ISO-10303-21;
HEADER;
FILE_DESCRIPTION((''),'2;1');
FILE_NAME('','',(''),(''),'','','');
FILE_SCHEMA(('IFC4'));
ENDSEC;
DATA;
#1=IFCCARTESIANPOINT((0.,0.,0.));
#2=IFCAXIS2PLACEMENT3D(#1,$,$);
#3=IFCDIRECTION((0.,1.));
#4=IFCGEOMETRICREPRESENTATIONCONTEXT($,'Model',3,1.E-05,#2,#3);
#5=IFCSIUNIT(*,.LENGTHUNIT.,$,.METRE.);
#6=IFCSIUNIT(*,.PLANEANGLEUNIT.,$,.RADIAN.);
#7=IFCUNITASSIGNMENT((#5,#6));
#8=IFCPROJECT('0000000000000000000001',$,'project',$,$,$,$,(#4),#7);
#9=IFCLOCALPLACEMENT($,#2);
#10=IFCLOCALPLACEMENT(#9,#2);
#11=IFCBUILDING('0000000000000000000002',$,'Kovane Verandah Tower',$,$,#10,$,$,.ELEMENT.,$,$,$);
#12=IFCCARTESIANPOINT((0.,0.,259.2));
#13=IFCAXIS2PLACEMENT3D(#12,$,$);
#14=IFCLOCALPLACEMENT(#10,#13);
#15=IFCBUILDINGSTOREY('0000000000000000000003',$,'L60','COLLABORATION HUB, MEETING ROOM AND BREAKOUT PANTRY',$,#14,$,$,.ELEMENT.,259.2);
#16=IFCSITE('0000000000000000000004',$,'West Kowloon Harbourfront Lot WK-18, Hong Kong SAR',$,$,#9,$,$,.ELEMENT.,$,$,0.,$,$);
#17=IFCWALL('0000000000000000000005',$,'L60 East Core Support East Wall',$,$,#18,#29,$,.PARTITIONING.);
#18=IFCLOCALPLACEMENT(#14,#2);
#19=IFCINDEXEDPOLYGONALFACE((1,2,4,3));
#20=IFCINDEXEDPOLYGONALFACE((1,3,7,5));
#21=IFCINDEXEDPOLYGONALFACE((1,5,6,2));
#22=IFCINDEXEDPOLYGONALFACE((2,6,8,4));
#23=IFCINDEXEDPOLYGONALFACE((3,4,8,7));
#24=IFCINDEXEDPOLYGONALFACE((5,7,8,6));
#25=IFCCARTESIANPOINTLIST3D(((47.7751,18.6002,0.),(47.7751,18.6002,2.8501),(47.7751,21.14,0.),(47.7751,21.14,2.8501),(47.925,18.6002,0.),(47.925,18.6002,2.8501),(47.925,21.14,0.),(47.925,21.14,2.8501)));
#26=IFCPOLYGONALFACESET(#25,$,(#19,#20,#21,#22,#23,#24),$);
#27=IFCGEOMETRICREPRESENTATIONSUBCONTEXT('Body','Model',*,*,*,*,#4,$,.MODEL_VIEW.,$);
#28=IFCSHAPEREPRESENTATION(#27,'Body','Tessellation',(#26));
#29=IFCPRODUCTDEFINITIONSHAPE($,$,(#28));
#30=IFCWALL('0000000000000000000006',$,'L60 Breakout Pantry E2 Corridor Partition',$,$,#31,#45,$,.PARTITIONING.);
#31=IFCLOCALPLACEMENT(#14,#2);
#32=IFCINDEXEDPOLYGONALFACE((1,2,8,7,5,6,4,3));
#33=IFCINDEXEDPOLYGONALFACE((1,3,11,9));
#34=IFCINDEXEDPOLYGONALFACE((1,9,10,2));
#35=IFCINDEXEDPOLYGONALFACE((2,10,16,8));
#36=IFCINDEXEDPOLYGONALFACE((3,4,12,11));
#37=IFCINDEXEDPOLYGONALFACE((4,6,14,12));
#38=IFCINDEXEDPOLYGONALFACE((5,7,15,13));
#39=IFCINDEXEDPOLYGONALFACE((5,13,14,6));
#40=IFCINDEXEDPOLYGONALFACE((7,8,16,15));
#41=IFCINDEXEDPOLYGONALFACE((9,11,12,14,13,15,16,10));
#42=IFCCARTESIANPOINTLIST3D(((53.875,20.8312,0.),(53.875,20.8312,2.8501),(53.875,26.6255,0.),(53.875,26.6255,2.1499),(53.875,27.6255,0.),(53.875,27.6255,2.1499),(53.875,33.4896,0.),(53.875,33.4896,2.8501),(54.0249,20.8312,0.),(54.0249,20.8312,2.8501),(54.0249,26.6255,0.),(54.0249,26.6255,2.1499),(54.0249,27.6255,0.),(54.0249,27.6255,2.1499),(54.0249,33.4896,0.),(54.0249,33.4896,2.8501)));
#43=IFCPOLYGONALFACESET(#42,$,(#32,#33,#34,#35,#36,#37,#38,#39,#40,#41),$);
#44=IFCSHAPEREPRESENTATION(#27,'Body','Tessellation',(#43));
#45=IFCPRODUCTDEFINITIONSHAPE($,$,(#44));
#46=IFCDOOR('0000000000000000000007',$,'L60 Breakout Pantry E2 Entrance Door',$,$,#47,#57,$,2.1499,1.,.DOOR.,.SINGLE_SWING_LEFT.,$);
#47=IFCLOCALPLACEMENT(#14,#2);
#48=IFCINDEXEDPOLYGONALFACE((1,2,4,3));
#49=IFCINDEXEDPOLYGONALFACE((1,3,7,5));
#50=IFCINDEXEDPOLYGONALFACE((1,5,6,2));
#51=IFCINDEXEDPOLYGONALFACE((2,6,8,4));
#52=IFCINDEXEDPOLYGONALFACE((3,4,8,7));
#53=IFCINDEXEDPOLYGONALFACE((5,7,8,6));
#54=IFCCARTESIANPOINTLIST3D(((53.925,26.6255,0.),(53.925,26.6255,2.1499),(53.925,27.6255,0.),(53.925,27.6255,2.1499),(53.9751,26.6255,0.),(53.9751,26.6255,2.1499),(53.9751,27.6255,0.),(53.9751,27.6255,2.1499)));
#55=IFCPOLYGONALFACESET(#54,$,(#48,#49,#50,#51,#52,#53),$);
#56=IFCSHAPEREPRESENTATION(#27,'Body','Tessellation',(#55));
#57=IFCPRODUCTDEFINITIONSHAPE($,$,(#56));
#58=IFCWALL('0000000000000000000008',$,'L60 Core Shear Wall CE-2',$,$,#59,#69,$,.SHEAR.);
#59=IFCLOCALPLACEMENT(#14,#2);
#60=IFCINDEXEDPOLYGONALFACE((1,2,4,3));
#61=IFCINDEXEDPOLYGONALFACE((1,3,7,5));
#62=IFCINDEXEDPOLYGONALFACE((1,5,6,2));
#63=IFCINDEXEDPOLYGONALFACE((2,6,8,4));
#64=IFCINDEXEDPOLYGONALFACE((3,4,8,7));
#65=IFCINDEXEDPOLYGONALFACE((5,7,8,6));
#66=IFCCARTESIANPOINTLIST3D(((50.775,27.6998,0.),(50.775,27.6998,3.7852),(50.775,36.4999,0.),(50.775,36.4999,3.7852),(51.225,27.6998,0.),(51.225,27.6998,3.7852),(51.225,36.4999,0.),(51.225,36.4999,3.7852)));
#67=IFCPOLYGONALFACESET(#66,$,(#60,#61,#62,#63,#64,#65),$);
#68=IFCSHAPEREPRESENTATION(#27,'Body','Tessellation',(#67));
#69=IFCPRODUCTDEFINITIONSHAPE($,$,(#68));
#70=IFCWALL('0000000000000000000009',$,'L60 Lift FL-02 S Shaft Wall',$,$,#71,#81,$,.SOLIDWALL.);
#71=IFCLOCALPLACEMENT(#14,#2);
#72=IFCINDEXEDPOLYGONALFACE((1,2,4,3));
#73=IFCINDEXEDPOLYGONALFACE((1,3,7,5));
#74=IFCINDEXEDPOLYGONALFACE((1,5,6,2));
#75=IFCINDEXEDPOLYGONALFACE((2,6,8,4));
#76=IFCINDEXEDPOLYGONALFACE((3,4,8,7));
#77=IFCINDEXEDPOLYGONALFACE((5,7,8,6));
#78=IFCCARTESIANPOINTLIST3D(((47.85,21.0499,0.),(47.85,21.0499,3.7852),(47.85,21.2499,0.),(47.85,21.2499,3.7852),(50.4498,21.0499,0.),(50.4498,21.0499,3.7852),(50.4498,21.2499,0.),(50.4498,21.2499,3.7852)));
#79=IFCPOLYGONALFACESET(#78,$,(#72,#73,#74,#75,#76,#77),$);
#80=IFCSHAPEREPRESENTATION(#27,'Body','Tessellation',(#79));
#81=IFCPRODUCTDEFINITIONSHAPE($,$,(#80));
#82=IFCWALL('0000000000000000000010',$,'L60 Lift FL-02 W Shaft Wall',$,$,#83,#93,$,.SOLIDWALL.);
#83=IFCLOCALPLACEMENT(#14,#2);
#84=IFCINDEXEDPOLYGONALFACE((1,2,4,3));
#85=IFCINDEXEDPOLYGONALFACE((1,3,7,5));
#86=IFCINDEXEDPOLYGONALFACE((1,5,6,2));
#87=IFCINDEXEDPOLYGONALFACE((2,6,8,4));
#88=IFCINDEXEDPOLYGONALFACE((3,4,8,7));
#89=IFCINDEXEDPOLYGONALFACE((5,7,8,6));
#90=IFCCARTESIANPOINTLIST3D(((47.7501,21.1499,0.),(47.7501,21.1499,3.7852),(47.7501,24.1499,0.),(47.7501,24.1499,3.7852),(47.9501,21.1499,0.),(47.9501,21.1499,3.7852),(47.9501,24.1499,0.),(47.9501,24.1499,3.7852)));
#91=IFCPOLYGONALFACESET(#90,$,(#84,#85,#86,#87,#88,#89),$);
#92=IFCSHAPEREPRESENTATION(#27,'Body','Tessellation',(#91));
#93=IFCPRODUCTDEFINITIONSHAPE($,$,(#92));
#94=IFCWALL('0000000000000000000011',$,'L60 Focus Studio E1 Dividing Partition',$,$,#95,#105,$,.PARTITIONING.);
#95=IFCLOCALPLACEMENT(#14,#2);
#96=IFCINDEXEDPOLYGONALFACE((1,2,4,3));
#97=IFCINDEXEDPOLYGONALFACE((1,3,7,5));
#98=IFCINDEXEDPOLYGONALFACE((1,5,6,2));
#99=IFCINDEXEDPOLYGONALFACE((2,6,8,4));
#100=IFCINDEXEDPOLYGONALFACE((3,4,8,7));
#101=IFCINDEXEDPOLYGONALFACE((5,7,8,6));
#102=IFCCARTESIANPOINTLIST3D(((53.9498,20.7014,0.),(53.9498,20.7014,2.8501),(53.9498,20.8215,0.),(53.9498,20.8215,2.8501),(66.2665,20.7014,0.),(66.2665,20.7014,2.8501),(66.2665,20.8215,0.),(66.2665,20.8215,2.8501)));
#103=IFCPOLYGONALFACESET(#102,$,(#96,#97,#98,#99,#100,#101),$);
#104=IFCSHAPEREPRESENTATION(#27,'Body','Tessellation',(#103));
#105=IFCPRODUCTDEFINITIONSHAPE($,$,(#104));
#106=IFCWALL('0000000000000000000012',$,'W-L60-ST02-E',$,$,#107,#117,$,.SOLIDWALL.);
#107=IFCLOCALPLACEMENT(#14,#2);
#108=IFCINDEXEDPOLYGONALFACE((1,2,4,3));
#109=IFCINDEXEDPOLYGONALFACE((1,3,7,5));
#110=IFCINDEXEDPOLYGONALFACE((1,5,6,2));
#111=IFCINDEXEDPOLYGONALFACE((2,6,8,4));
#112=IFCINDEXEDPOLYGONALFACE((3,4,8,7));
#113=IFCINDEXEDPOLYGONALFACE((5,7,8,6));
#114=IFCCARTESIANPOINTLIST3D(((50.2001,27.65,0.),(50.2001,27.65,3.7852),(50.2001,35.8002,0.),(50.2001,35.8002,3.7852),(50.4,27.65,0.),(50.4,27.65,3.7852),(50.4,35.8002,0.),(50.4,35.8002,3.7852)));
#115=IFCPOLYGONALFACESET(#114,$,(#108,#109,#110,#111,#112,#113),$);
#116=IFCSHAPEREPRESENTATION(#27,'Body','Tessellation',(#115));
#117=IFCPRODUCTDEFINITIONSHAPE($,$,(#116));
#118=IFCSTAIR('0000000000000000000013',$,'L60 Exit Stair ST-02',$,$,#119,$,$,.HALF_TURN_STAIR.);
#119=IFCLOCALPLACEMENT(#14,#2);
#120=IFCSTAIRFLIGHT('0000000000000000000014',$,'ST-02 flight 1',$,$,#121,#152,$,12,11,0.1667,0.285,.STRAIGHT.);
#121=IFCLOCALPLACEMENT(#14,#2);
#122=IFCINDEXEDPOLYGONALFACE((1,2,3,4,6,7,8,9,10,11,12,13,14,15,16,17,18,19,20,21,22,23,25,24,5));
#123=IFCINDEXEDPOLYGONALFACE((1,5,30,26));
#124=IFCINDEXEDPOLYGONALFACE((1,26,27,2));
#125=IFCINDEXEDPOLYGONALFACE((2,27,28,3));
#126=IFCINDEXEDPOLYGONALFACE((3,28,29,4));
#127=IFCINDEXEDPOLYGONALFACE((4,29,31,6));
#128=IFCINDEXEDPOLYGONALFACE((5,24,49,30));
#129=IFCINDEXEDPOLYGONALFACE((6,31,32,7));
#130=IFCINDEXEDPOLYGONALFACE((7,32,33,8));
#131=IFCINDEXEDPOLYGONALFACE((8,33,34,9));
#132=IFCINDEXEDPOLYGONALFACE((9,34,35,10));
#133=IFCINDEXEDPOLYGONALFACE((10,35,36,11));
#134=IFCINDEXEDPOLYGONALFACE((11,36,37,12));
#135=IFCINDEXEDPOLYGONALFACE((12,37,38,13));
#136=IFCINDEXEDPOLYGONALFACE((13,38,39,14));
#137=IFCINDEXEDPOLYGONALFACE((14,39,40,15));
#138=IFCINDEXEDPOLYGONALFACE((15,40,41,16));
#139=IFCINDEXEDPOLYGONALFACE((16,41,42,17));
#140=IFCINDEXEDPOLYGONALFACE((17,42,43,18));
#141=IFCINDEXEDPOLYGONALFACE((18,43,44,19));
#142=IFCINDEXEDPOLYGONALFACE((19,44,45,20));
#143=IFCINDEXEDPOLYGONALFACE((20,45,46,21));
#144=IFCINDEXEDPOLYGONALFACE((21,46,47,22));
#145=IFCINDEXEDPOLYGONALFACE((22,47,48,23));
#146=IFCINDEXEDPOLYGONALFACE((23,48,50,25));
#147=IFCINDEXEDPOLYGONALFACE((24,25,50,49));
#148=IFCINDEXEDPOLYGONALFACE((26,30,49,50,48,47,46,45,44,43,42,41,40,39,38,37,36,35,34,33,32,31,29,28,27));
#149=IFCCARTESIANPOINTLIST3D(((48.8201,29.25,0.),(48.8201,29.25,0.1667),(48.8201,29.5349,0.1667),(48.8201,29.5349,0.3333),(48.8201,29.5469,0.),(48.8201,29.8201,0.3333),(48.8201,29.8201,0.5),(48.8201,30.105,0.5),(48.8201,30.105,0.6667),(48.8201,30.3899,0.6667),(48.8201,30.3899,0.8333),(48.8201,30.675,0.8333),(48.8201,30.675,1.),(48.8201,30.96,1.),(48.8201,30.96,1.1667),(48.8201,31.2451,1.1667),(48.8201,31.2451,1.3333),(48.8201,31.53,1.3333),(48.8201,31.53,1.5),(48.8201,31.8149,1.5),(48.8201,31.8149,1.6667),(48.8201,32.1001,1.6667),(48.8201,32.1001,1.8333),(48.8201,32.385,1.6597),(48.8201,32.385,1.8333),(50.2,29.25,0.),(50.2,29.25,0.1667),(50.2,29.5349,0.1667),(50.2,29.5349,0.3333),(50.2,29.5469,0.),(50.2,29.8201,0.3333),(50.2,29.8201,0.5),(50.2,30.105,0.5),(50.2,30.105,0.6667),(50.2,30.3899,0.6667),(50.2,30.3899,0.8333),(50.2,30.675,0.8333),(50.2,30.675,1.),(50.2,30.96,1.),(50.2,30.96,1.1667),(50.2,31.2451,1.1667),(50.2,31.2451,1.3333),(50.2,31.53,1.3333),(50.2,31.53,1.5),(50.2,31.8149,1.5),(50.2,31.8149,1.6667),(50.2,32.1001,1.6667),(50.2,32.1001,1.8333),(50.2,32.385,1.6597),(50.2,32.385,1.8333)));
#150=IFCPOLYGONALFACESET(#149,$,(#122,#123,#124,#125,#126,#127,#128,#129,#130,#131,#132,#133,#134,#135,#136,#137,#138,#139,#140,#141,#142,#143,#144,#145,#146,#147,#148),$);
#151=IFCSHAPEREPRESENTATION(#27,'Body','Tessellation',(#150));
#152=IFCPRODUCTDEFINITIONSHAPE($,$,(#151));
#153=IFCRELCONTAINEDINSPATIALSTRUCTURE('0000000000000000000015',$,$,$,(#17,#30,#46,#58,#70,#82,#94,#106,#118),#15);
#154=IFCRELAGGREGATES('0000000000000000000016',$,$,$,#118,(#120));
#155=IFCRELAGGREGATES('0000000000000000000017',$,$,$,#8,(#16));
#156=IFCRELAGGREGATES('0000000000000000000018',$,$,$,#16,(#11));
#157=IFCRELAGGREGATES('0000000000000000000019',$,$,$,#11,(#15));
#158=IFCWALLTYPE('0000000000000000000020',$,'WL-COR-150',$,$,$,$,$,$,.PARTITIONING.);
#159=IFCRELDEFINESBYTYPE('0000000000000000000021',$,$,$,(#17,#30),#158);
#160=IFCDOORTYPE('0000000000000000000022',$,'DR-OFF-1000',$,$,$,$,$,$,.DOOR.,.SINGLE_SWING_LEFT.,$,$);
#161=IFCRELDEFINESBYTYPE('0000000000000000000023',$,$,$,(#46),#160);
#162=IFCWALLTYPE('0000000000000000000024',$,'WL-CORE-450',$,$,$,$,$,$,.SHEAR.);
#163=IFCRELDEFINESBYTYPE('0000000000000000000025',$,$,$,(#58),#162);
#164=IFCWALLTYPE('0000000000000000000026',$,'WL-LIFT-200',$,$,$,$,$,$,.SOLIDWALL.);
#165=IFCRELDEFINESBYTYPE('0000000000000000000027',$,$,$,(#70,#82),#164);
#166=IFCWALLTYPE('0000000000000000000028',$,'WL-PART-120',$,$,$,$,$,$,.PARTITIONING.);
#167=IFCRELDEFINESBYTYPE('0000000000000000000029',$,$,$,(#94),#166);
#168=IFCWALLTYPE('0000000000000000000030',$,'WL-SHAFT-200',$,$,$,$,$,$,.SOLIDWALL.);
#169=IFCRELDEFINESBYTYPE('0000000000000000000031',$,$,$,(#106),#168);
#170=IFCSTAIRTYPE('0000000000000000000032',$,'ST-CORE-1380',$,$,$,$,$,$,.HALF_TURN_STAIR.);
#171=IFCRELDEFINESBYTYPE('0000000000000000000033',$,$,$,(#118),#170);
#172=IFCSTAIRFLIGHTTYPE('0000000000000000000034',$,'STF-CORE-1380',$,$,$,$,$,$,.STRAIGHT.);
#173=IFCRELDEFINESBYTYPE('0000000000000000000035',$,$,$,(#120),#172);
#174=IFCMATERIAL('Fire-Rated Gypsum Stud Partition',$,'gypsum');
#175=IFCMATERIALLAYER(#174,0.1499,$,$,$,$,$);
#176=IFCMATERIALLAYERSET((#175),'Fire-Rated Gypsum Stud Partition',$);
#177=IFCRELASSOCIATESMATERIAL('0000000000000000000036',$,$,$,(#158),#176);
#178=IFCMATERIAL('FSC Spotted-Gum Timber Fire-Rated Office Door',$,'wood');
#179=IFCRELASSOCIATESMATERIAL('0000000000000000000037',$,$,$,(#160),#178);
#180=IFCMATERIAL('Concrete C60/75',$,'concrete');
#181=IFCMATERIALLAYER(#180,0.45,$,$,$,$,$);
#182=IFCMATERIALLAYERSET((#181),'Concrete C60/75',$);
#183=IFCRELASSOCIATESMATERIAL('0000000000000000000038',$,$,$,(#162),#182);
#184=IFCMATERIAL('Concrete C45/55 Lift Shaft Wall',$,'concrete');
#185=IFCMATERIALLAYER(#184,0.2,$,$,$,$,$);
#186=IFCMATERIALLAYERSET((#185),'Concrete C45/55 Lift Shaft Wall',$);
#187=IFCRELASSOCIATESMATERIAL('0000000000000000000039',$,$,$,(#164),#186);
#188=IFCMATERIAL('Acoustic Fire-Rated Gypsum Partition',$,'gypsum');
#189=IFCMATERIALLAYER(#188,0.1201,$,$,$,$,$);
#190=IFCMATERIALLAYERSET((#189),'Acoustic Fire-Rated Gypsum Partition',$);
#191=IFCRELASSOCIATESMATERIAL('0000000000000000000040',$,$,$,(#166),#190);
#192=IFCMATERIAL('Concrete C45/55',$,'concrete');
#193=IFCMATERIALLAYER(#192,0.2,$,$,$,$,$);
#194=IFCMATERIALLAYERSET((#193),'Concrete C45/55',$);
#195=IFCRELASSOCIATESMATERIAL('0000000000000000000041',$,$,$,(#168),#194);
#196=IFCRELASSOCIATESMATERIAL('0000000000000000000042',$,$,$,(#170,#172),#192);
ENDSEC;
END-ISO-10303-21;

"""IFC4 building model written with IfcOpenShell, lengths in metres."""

from ifc_helpers import new_model, si_unit, direction, frame, frame_2d, origin, place, context, subcontext, project, spatial, polyline, rectangle, outline, extrude, material, layer, layer_set, type_object, element, fill, aggregate, save


model = new_model("IFC4")

# Units and contexts
model_context = context("Model", 3, precision=1e-05, world=origin(), true_north=direction((0.0, 1.0)))
body_context = subcontext(model_context, "Body", "Model", "MODEL_VIEW")
ifc_project = project(units=[si_unit("LENGTHUNIT", "METRE"), si_unit("PLANEANGLEUNIT", "RADIAN")], contexts=[model_context])

# Site, building, storey
site_placement = place(None, origin())
site = spatial("IfcSite", under=ifc_project, at=site_placement, Name="West Kowloon Harbourfront Lot WK-18, Hong Kong SAR", CompositionType="ELEMENT", RefElevation=0.0)
building_placement = place(site_placement, origin())
building = spatial("IfcBuilding", under=site, at=building_placement, Name="Kovane Verandah Tower", CompositionType="ELEMENT")
storey_placement = place(building_placement, frame((0.0, 0.0, 259.2)))
storey = spatial("IfcBuildingStorey", under=building, at=storey_placement, Name="L60", Description="COLLABORATION HUB, MEETING ROOM AND BREAKOUT PANTRY", CompositionType="ELEMENT", Elevation=259.2)

# Shared definitions
ifc_material_1 = material(Name="Concrete C60/75", Category="concrete")

# Wall
ifc_material_2 = material(Name="Fire-Rated Gypsum Stud Partition", Category="gypsum")
ifc_layer_1 = layer(ifc_material_2, 0.1499)
ifc_layer_set_1 = layer_set([ifc_layer_1], Name="Fire-Rated Gypsum Stud Partition")
wall_type_1 = type_object("IfcWallType", Name="WL-COR-150", PredefinedType="PARTITIONING", material=ifc_layer_set_1)
wall_1_placement = place(storey_placement, frame((47.8501, 18.6001, 0.0), z_axis=(0.0, 0.0, 1.0), x_axis=(0.0, 1.0, 0.0)))
element("IfcWall", 1, at=wall_1_placement, inside=storey, type_object=wall_type_1, Name="L60 East Core Support East Wall", PredefinedType="PARTITIONING", context=body_context, shape_type="SweptSolid", body=[
    extrude(rectangle(XDim=2.5398, YDim=0.1499, at=frame_2d((1.27, 0.0))), origin(), (0.0, 0.0, 1.0), 2.8501),
])

# Wall, opening, door
wall_2_placement = place(storey_placement, frame((53.95, 20.8313, 0.0), z_axis=(0.0, 0.0, 1.0), x_axis=(0.0, 1.0, 0.0)))
wall_2 = element("IfcWall", 2, at=wall_2_placement, inside=storey, type_object=wall_type_1, Name="L60 Breakout Pantry E2 Corridor Partition", PredefinedType="PARTITIONING", context=body_context, shape_type="SweptSolid", body=[
    extrude(rectangle(XDim=12.6584, YDim=0.1499, at=frame_2d((6.3291, 0.0))), origin(), (0.0, 0.0, 1.0), 2.8501),
])
opening_1_placement = place(wall_2_placement, frame((5.7942, 0.0, 0.0)))
opening_1 = element("IfcOpeningElement", 3, at=opening_1_placement, cuts=wall_2, PredefinedType="OPENING", context=body_context, shape_type="SweptSolid", body=[
    extrude(rectangle(XDim=1.0, YDim=2.1499, at=frame_2d((0.5, 1.075))), frame((0.0, 0.075, 0.0), z_axis=(0.0, -1.0, 0.0), x_axis=(1.0, 0.0, 0.0)), (0.0, 0.0, 1.0), 0.1499),
])
ifc_material_3 = material(Name="FSC Spotted-Gum Timber Fire-Rated Office Door", Category="wood")
door_type_1 = type_object("IfcDoorType", Name="DR-OFF-1000", OperationType="SINGLE_SWING_LEFT", PredefinedType="DOOR", material=ifc_material_3)
door_1_placement = place(opening_1_placement, origin())
door_1 = element("IfcDoor", 4, at=door_1_placement, inside=storey, type_object=door_type_1, Name="L60 Breakout Pantry E2 Entrance Door", OperationType="SINGLE_SWING_LEFT", OverallHeight=2.1499, OverallWidth=1.0, PredefinedType="DOOR", context=body_context, shape_type="SweptSolid", body=[
    extrude(rectangle(XDim=1.0, YDim=2.1499, at=frame_2d((0.5, 1.075))), frame((0.0, 0.0249, 0.0), z_axis=(0.0, -1.0, 0.0), x_axis=(1.0, 0.0, 0.0)), (0.0, 0.0, 1.0), 0.05),
])
fill(opening_1, door_1)

# Wall
ifc_layer_2 = layer(ifc_material_1, 0.45)
ifc_layer_set_2 = layer_set([ifc_layer_2], Name="Concrete C60/75")
wall_type_2 = type_object("IfcWallType", Name="WL-CORE-450", PredefinedType="SHEAR", material=ifc_layer_set_2)
wall_3_placement = place(storey_placement, frame((51.0, 27.7, 0.0), z_axis=(0.0, 0.0, 1.0), x_axis=(0.0, 1.0, 0.0)))
element("IfcWall", 5, at=wall_3_placement, inside=storey, type_object=wall_type_2, Name="L60 Core Shear Wall CE-2", PredefinedType="SHEAR", context=body_context, shape_type="SweptSolid", body=[
    extrude(rectangle(XDim=8.8, YDim=0.45, at=frame_2d((4.3999, 0.0))), origin(), (0.0, 0.0, 1.0), 3.7852),
])

# Wall
ifc_material_4 = material(Name="Concrete C45/55 Lift Shaft Wall", Category="concrete")
ifc_layer_3 = layer(ifc_material_4, 0.2)
ifc_layer_set_3 = layer_set([ifc_layer_3], Name="Concrete C45/55 Lift Shaft Wall")
wall_type_3 = type_object("IfcWallType", Name="WL-LIFT-200", PredefinedType="SOLIDWALL", material=ifc_layer_set_3)
wall_4_placement = place(storey_placement, frame((47.8501, 21.1499, 0.0), z_axis=(0.0, 0.0, 1.0), x_axis=(1.0, 0.0, 0.0)))
element("IfcWall", 6, at=wall_4_placement, inside=storey, type_object=wall_type_3, Name="L60 Lift FL-02 S Shaft Wall", PredefinedType="SOLIDWALL", context=body_context, shape_type="SweptSolid", body=[
    extrude(rectangle(XDim=2.5999, YDim=0.2, at=frame_2d((1.2998, 0.0))), origin(), (0.0, 0.0, 1.0), 3.7852),
])

# Walls
wall_5_placement = place(storey_placement, frame((47.8501, 24.1499, 0.0), z_axis=(0.0, 0.0, 1.0), x_axis=(0.0, -1.0, 0.0)))
element("IfcWall", 7, at=wall_5_placement, inside=storey, type_object=wall_type_3, Name="L60 Lift FL-02 W Shaft Wall", PredefinedType="SOLIDWALL", context=body_context, shape_type="SweptSolid", body=[
    extrude(rectangle(XDim=3.0, YDim=0.2, at=frame_2d((1.5, 0.0))), origin(), (0.0, 0.0, 1.0), 3.7852),
])
ifc_material_5 = material(Name="Acoustic Fire-Rated Gypsum Partition", Category="gypsum")
ifc_layer_4 = layer(ifc_material_5, 0.1201)
ifc_layer_set_4 = layer_set([ifc_layer_4], Name="Acoustic Fire-Rated Gypsum Partition")
wall_type_4 = type_object("IfcWallType", Name="WL-PART-120", PredefinedType="PARTITIONING", material=ifc_layer_set_4)
wall_6_placement = place(storey_placement, frame((53.95, 20.7615, 0.0), z_axis=(0.0, 0.0, 1.0), x_axis=(1.0, 0.0, 0.0)))
element("IfcWall", 8, at=wall_6_placement, inside=storey, type_object=wall_type_4, Name="L60 Focus Studio E1 Dividing Partition", PredefinedType="PARTITIONING", context=body_context, shape_type="SweptSolid", body=[
    extrude(rectangle(XDim=12.3167, YDim=0.1201, at=frame_2d((6.1582, 0.0))), origin(), (0.0, 0.0, 1.0), 2.8501),
])
ifc_material_6 = material(Name="Concrete C45/55", Category="concrete")
ifc_layer_5 = layer(ifc_material_6, 0.2)
ifc_layer_set_5 = layer_set([ifc_layer_5], Name="Concrete C45/55")
wall_type_5 = type_object("IfcWallType", Name="WL-SHAFT-200", PredefinedType="SOLIDWALL", material=ifc_layer_set_5)
wall_7_placement = place(storey_placement, frame((50.3, 27.6499, 0.0), z_axis=(0.0, 0.0, 1.0), x_axis=(0.0, 1.0, 0.0)))
element("IfcWall", 9, at=wall_7_placement, inside=storey, type_object=wall_type_5, Name="W-L60-ST02-E", PredefinedType="SOLIDWALL", context=body_context, shape_type="SweptSolid", body=[
    extrude(rectangle(XDim=8.1501, YDim=0.2, at=frame_2d((4.0752, 0.0))), origin(), (0.0, 0.0, 1.0), 3.7852),
])

# Stair, stair flight
stair_type = type_object("IfcStairType", Name="ST-CORE-1380", PredefinedType="HALF_TURN_STAIR", material=ifc_material_6)
stair_placement = place(storey_placement, origin())
stair = element("IfcStair", 10, at=stair_placement, inside=storey, type_object=stair_type, Name="L60 Exit Stair ST-02", PredefinedType="HALF_TURN_STAIR")
stair_flight_type = type_object("IfcStairFlightType", Name="STF-CORE-1380", PredefinedType="STRAIGHT", material=ifc_material_6)
stair_flight_placement = place(storey_placement, frame((49.51, 29.25, 0.0), z_axis=(0.0, 0.0, 1.0), x_axis=(0.0, 1.0, 0.0)))
stair_flight = element("IfcStairFlight", 11, at=stair_flight_placement, type_object=stair_flight_type, Name="ST-02 flight 1", NumberOfRisers=12, NumberOfTreads=11, PredefinedType="STRAIGHT", RiserHeight=0.1667, TreadLength=0.285, context=body_context, shape_type="SweptSolid", body=[
    extrude(outline(polyline([(0.0, 0.0), (0.0, 0.1667), (0.2849, 0.1667), (0.2849, 0.3333), (0.5701, 0.3333), (0.5701, 0.5), (0.855, 0.5), (0.855, 0.6667), (1.1399, 0.6667), (1.1399, 0.8333), (1.425, 0.8333), (1.425, 1.0), (1.71, 1.0), (1.71, 1.1667), (1.9951, 1.1667), (1.9951, 1.3333), (2.28, 1.3333), (2.28, 1.5), (2.5649, 1.5), (2.5649, 1.6667), (2.8501, 1.6667), (2.8501, 1.8333), (3.135, 1.8333), (3.135, 2.0), (3.135, 1.6597), (0.2969, 0.0), (0.0, 0.0)])), frame((0.0, 0.6899, 0.0), z_axis=(0.0, -1.0, 0.0), x_axis=(1.0, 0.0, 0.0)), (0.0, 0.0, 1.0), 1.3799),
])
aggregate(stair, [stair_flight])

save(model, "model.ifc")
